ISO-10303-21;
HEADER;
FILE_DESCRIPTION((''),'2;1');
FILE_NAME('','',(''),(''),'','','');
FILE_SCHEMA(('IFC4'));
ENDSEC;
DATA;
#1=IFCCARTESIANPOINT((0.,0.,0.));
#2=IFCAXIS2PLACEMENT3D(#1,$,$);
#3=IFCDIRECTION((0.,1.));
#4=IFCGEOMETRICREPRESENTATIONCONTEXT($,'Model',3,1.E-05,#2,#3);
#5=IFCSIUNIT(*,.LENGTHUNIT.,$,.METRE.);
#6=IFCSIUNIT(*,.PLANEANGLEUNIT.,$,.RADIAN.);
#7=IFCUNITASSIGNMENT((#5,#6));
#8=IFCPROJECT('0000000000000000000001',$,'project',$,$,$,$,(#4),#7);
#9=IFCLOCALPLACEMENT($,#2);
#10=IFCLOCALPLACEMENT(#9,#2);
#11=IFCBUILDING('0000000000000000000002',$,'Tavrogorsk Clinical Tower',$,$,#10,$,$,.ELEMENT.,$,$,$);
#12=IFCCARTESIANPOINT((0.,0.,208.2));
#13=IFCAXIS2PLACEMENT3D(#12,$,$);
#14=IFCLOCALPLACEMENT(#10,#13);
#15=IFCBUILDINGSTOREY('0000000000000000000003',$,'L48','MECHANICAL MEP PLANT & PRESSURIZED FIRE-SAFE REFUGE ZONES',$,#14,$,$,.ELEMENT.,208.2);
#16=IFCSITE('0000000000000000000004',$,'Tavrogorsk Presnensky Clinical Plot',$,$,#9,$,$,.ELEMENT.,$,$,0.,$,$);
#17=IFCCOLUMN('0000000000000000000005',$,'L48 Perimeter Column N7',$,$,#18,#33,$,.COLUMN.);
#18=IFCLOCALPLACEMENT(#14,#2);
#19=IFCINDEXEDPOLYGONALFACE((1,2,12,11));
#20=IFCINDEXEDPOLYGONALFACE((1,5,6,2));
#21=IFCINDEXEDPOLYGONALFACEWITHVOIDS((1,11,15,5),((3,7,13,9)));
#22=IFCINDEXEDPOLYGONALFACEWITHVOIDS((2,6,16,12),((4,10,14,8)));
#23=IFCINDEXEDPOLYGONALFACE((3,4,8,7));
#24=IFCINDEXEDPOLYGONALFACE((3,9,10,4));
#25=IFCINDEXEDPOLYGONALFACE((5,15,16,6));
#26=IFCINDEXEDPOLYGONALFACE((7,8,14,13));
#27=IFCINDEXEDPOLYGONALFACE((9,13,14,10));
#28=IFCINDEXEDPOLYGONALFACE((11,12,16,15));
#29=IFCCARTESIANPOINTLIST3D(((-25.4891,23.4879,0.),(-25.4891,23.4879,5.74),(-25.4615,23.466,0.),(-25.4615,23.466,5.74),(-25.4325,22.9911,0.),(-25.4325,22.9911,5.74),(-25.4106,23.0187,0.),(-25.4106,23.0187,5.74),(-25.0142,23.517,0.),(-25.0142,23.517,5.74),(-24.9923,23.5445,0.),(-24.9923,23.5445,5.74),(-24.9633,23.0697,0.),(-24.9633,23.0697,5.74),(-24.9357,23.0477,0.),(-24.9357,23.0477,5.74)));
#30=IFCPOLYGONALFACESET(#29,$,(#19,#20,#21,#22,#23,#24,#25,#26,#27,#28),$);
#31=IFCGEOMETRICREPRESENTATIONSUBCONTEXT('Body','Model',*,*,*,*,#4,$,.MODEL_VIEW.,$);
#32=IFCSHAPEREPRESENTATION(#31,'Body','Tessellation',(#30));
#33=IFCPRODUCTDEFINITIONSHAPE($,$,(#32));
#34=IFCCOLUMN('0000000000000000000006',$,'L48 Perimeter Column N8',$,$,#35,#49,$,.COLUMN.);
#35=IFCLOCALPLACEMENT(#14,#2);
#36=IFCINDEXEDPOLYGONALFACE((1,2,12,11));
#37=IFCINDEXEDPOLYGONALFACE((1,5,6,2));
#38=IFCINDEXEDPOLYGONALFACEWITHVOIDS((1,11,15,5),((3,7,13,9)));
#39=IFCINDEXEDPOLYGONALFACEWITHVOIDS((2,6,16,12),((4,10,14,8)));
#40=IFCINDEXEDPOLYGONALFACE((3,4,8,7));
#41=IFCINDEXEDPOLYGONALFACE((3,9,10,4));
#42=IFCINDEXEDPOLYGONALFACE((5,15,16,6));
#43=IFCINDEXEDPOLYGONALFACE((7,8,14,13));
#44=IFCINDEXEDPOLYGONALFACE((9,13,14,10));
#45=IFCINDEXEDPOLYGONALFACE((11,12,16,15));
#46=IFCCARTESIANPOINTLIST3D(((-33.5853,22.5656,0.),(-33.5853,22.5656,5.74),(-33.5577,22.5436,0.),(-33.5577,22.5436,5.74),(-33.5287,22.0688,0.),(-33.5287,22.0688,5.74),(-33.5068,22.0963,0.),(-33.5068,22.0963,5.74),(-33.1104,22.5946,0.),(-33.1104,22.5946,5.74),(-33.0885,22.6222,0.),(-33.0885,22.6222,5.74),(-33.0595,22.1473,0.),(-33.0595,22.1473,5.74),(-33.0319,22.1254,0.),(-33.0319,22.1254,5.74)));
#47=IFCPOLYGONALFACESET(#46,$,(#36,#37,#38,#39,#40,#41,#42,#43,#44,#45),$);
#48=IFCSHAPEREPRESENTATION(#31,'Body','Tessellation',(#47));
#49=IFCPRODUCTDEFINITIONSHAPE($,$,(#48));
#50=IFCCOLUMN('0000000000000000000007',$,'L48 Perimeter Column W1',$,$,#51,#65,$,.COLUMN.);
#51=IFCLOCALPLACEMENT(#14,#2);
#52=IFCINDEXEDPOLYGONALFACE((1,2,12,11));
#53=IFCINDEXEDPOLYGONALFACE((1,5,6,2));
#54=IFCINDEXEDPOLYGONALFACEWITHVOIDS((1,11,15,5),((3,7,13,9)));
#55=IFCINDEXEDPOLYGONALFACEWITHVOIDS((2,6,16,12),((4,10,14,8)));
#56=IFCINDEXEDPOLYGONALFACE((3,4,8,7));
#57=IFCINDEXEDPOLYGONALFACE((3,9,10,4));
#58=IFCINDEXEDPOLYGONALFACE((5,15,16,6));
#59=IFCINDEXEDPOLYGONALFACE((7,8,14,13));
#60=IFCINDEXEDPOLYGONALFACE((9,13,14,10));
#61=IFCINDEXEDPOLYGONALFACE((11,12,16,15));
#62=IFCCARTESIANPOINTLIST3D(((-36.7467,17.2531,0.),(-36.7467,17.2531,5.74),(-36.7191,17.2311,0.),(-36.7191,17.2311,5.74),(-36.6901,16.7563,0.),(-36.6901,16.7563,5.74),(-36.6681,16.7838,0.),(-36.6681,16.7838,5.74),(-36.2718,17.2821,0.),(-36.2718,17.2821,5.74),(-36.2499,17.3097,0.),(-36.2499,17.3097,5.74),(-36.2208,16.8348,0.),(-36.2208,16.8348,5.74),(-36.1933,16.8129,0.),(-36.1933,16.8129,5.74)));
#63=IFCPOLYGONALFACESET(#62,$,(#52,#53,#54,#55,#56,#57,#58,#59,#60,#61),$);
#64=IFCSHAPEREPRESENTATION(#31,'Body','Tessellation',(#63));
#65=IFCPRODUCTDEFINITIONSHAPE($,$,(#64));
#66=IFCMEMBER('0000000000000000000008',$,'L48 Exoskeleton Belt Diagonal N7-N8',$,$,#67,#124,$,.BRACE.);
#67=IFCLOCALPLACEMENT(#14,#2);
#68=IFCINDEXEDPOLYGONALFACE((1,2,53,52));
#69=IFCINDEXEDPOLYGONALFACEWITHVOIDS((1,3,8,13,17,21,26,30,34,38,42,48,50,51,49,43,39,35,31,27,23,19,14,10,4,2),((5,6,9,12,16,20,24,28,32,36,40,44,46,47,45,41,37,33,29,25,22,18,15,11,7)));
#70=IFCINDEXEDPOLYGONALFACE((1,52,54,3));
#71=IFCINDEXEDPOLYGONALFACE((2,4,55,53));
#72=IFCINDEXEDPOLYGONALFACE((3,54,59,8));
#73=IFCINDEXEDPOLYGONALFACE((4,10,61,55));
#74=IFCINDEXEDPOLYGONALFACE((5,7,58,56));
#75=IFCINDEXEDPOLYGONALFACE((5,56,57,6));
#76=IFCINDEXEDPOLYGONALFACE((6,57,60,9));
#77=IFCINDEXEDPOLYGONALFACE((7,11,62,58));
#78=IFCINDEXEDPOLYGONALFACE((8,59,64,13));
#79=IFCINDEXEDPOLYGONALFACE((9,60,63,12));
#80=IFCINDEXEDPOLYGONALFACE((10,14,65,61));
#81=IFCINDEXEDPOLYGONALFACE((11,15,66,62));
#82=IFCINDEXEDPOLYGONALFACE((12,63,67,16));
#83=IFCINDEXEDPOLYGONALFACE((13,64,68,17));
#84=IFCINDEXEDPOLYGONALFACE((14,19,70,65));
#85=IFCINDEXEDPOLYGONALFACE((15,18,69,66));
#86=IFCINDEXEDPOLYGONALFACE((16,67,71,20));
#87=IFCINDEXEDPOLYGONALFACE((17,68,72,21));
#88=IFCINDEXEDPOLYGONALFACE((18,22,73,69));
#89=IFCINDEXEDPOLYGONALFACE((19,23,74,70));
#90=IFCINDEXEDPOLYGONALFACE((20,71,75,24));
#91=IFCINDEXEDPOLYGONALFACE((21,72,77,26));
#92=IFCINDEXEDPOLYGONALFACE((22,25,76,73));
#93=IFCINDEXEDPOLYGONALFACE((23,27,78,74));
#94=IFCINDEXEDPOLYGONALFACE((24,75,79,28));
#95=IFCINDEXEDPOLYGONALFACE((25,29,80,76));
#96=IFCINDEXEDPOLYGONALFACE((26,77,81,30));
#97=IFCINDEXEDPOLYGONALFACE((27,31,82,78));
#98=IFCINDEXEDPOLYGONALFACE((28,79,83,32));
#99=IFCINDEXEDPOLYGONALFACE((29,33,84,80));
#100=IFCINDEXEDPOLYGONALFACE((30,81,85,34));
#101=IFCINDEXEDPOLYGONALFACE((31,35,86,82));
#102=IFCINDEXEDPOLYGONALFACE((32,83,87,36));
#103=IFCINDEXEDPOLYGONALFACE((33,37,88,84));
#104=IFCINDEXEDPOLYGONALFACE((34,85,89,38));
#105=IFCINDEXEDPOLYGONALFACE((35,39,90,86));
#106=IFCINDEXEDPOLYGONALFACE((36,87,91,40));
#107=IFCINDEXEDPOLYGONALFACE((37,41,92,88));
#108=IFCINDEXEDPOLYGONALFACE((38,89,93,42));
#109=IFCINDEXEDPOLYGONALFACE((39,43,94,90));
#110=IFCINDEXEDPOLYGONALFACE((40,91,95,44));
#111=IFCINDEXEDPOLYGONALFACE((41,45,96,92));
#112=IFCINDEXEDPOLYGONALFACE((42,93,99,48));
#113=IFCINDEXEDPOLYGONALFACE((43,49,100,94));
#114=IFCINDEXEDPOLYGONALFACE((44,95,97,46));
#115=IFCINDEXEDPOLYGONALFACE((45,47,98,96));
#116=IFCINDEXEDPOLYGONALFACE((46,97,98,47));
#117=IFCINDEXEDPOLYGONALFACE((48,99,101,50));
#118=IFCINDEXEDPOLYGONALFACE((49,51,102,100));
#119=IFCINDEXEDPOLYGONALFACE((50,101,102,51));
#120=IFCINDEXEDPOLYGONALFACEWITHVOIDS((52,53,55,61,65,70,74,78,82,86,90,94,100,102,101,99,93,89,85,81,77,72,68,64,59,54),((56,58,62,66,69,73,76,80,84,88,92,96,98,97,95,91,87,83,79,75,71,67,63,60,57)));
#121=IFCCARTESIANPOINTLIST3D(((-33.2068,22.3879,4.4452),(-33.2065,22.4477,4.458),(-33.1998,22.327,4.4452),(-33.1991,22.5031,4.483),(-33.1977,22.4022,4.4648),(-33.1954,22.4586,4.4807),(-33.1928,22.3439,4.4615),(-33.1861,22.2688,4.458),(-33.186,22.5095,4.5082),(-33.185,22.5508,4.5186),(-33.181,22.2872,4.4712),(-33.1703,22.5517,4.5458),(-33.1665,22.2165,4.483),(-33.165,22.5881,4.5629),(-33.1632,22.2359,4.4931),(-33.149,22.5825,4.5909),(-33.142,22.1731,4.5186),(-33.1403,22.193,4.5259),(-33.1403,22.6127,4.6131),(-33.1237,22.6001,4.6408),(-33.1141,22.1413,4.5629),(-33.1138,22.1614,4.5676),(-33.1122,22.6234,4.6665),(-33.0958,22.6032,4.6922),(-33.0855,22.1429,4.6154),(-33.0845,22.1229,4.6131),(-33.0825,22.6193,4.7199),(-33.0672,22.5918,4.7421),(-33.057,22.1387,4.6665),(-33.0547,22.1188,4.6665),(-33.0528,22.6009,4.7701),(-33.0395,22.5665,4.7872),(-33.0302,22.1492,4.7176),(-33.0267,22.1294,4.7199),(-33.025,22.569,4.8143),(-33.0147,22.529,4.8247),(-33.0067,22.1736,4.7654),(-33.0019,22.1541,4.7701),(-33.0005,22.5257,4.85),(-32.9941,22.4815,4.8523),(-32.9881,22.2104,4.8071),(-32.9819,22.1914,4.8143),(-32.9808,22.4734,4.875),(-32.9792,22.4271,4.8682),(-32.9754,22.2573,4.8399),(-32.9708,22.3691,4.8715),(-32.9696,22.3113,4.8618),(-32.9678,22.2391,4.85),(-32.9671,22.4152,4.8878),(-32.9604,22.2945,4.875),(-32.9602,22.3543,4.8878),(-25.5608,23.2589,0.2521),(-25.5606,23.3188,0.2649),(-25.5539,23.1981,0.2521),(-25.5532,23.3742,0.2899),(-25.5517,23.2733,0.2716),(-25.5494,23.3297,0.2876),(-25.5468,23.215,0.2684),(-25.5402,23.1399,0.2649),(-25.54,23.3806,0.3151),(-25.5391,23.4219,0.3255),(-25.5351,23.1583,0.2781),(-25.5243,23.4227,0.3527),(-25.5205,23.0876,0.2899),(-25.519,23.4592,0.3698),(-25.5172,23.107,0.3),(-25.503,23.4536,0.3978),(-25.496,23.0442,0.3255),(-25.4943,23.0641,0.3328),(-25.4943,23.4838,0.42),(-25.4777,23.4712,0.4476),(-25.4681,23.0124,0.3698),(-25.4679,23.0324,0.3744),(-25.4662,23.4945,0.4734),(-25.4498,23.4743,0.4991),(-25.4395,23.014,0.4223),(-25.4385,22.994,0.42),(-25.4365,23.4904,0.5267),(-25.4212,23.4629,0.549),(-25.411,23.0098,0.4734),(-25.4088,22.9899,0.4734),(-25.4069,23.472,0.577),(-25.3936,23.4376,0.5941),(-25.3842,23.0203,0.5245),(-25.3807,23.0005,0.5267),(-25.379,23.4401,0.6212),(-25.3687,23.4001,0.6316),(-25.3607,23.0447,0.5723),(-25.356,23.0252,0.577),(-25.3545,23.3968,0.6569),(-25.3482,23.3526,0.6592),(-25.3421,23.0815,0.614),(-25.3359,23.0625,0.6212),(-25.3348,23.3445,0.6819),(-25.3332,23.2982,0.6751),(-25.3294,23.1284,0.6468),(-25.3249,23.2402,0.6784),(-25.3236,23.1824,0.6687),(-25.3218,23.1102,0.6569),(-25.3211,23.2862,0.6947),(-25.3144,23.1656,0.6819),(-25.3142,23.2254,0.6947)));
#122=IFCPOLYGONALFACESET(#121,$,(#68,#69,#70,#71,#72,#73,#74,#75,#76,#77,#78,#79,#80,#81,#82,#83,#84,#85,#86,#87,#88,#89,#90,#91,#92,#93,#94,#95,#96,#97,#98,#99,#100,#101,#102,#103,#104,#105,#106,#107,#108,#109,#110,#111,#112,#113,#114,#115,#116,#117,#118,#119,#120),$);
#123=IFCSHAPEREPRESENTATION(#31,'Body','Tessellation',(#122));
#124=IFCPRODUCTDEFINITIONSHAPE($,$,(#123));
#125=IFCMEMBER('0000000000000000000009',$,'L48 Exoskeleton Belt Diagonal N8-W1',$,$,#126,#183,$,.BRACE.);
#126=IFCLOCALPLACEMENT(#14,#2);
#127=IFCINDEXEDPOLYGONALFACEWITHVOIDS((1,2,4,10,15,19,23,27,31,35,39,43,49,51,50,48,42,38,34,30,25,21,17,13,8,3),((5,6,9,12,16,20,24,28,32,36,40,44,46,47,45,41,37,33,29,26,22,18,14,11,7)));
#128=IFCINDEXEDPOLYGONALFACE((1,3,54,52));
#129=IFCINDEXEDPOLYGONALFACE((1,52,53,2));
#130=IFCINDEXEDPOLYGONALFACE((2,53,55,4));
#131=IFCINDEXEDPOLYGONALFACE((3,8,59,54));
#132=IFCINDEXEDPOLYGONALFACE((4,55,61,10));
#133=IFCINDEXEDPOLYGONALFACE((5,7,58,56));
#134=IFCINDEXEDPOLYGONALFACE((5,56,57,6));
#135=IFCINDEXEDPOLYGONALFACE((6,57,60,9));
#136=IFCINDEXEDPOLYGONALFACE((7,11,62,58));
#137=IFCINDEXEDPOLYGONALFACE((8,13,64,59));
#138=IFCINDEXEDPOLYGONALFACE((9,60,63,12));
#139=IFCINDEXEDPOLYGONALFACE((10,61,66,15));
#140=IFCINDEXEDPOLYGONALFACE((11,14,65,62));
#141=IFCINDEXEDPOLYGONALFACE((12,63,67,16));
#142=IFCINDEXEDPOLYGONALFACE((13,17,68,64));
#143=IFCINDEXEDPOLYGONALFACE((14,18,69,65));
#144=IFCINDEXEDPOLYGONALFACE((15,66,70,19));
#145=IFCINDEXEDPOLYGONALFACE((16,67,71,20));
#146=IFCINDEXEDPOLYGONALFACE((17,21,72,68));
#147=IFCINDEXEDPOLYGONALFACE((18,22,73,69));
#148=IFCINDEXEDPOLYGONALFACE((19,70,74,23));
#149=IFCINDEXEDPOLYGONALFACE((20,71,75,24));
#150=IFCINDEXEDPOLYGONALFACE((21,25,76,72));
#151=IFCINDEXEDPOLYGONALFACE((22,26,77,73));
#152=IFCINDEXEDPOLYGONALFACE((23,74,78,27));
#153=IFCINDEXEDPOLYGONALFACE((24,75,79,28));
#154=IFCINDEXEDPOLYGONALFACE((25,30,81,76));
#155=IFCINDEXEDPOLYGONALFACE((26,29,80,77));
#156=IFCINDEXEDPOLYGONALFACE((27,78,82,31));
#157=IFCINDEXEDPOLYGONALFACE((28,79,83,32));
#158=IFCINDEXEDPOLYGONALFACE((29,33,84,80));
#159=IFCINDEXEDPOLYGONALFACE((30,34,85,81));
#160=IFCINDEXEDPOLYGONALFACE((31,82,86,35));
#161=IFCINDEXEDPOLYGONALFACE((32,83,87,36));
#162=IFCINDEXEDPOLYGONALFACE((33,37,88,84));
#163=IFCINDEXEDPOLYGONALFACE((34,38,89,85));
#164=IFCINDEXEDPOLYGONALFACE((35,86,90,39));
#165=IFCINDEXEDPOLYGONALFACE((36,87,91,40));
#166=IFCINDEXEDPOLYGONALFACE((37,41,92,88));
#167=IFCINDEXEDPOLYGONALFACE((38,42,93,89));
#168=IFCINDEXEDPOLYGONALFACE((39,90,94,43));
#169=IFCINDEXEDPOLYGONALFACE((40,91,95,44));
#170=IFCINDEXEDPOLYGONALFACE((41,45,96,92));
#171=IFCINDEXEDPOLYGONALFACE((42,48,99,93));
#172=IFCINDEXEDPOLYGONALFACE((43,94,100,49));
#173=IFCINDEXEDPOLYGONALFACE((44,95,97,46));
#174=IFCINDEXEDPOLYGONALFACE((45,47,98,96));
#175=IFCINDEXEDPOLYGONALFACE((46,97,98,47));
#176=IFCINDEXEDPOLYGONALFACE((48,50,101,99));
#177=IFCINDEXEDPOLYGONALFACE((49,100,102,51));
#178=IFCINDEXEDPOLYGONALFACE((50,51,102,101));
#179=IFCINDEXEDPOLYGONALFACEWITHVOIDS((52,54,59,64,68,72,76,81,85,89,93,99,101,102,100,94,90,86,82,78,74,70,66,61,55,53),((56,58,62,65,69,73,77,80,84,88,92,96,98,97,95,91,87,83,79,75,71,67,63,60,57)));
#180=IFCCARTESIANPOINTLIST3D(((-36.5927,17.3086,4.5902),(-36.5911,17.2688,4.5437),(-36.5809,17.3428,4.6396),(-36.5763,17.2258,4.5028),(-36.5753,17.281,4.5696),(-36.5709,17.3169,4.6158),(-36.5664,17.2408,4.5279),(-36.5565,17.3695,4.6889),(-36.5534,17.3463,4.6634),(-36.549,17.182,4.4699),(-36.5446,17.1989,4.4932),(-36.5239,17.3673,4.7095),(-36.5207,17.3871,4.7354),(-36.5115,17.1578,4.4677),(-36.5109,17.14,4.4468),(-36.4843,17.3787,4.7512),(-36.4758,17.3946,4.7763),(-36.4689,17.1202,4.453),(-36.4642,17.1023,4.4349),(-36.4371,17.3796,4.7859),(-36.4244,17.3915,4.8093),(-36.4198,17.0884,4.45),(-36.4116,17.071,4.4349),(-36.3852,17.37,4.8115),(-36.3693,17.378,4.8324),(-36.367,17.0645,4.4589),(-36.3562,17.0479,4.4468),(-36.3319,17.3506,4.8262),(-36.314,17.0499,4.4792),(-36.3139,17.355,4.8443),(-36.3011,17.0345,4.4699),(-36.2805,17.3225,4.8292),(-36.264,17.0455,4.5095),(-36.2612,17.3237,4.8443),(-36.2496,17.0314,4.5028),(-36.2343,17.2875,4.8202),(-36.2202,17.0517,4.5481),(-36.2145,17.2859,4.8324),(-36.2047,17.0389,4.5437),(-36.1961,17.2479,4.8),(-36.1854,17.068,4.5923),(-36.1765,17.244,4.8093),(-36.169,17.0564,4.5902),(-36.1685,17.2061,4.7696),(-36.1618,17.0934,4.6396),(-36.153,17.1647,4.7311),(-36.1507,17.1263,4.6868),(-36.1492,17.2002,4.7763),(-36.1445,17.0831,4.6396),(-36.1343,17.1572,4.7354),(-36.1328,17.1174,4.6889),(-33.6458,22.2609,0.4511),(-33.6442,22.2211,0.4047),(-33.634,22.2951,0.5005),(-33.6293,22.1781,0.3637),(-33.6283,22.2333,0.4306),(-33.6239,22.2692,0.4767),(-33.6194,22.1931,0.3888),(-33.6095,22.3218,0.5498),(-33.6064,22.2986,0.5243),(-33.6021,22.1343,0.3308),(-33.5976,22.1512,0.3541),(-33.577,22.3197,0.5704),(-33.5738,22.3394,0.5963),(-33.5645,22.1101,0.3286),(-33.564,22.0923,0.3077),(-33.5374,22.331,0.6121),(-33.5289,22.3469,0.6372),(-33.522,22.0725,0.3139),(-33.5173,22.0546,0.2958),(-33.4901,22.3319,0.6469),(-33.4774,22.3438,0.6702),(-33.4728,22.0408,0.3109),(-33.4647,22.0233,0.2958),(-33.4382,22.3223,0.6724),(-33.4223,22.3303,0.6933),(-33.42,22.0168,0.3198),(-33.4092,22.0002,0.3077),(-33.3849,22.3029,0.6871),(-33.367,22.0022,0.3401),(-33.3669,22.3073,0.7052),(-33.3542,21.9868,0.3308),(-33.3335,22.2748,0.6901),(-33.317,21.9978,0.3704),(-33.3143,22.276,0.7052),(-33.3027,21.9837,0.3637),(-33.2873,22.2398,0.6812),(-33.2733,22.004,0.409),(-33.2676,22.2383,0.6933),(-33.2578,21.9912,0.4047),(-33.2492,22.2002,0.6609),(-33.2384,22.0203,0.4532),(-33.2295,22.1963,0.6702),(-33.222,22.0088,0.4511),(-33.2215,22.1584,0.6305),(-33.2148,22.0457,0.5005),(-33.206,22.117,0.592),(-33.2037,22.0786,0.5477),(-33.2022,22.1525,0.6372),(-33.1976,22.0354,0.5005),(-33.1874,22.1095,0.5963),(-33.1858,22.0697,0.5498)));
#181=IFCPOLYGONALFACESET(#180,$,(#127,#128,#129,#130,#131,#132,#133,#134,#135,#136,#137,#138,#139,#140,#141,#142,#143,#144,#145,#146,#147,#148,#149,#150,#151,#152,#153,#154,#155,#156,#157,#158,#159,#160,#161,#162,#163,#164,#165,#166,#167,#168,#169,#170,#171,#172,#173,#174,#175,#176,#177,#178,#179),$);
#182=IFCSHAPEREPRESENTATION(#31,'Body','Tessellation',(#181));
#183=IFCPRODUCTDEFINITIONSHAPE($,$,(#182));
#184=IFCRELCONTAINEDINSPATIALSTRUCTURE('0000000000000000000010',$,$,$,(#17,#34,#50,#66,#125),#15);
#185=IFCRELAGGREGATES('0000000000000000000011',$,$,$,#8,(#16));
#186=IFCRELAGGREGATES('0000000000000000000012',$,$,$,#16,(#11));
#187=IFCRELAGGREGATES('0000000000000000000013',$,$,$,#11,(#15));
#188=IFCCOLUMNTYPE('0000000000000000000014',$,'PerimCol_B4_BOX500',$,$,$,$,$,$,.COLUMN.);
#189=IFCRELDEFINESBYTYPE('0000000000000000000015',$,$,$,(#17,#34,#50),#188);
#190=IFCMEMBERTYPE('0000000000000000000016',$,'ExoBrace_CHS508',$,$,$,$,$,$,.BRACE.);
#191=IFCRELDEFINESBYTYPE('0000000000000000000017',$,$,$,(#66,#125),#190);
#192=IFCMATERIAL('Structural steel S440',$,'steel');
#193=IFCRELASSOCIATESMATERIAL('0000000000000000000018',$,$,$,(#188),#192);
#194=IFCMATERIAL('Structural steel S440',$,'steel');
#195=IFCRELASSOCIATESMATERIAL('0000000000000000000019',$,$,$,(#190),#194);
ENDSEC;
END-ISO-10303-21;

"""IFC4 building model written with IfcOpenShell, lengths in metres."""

from ifc_helpers import new_model, si_unit, direction, frame, origin, origin_2d, place, context, subcontext, project, spatial, hollow_rectangle, hollow_circle, extrude, material, material_profile, profile_set, type_object, element, save


model = new_model("IFC4")

# Units and contexts
model_context = context("Model", 3, precision=1e-05, world=origin(), true_north=direction((0.0, 1.0)))
body_context = subcontext(model_context, "Body", "Model", "MODEL_VIEW")
ifc_project = project(units=[si_unit("LENGTHUNIT", "METRE"), si_unit("PLANEANGLEUNIT", "RADIAN")], contexts=[model_context])

# Site, building, storey
site_placement = place(None, origin())
site = spatial("IfcSite", under=ifc_project, at=site_placement, Name="Tavrogorsk Presnensky Clinical Plot", CompositionType="ELEMENT", RefElevation=0.0)
building_placement = place(site_placement, origin())
building = spatial("IfcBuilding", under=site, at=building_placement, Name="Tavrogorsk Clinical Tower", CompositionType="ELEMENT")
storey_placement = place(building_placement, frame((0.0, 0.0, 208.2)))
storey = spatial("IfcBuildingStorey", under=building, at=storey_placement, Name="L48", Description="MECHANICAL MEP PLANT & PRESSURIZED FIRE-SAFE REFUGE ZONES", CompositionType="ELEMENT", Elevation=208.2)

# Columns
ifc_material_1 = material(Name="Structural steel S440", Category="steel")
ifc_material_profile_1 = material_profile(ifc_material_1, hollow_rectangle(XDim=0.5, YDim=0.5, WallThickness=0.0249, at=origin_2d()), Name="BOX-500x500x25")
ifc_profile_set_1 = profile_set([ifc_material_profile_1], Name="Structural steel S440")
column_type = type_object("IfcColumnType", Name="PerimCol_B4_BOX500", PredefinedType="COLUMN", material=ifc_profile_set_1)
for number, where, z_axis, x_axis, name in (
    (1, (-25.2124, 23.2678, 0.0), (0.0, 0.0, 1.0), (0.993572, 0.113203, 0.0), "L48 Perimeter Column N7"),
    (2, (-33.3086, 22.3455, 0.0), (0.0, 0.0, 1.0), (0.993572, 0.113203, 0.0), "L48 Perimeter Column N8"),
    (3, (-36.47, 17.033, 0.0), (0.0, 0.0, 1.0), (0.993572, 0.113203, 0.0), "L48 Perimeter Column W1"),
):
    element("IfcColumn", number, at=place(storey_placement, frame(where, z_axis=z_axis, x_axis=x_axis)), inside=storey, type_object=column_type, Name=name, PredefinedType="COLUMN", context=body_context, shape_type="SweptSolid", body=[
        extrude(hollow_rectangle(XDim=0.5, YDim=0.5, WallThickness=0.0249, at=origin_2d()), origin(), (0.0, 0.0, 1.0), 5.74),
    ])

# Members
ifc_material_2 = material(Name="Structural steel S440", Category="steel")
ifc_material_profile_2 = material_profile(ifc_material_2, hollow_circle(Radius=0.2539, WallThickness=0.02, at=origin_2d()), Name="CHS-508x20")
ifc_profile_set_2 = profile_set([ifc_material_profile_2], Name="Structural steel S440")
member_type = type_object("IfcMemberType", Name="ExoBrace_CHS508", PredefinedType="BRACE", material=ifc_profile_set_2)
member_1_placement = place(storey_placement, frame((-25.4375, 23.2422, 0.4734), z_axis=(-0.872463, -0.099398, 0.478465), x_axis=(0.113196, -0.993573, 0.0)))
element("IfcMember", 4, at=member_1_placement, inside=storey, type_object=member_type, Name="L48 Exoskeleton Belt Diagonal N7-N8", PredefinedType="BRACE", context=body_context, shape_type="SweptSolid", body=[
    extrude(hollow_circle(Radius=0.2539, WallThickness=0.02, at=origin_2d()), origin(), (0.0, 0.0, 1.0), 8.7637),
])
member_2_placement = place(storey_placement, frame((-33.4158, 22.1653, 0.5005), z_axis=(-0.415346, -0.697979, 0.583364), x_axis=(0.859356, -0.511377, 0.0)))
element("IfcMember", 5, at=member_2_placement, inside=storey, type_object=member_type, Name="L48 Exoskeleton Belt Diagonal N8-W1", PredefinedType="BRACE", context=body_context, shape_type="SweptSolid", body=[
    extrude(hollow_circle(Radius=0.2539, WallThickness=0.02, at=origin_2d()), origin(), (0.0, 0.0, 1.0), 7.0952),
])

save(model, "model.ifc")
